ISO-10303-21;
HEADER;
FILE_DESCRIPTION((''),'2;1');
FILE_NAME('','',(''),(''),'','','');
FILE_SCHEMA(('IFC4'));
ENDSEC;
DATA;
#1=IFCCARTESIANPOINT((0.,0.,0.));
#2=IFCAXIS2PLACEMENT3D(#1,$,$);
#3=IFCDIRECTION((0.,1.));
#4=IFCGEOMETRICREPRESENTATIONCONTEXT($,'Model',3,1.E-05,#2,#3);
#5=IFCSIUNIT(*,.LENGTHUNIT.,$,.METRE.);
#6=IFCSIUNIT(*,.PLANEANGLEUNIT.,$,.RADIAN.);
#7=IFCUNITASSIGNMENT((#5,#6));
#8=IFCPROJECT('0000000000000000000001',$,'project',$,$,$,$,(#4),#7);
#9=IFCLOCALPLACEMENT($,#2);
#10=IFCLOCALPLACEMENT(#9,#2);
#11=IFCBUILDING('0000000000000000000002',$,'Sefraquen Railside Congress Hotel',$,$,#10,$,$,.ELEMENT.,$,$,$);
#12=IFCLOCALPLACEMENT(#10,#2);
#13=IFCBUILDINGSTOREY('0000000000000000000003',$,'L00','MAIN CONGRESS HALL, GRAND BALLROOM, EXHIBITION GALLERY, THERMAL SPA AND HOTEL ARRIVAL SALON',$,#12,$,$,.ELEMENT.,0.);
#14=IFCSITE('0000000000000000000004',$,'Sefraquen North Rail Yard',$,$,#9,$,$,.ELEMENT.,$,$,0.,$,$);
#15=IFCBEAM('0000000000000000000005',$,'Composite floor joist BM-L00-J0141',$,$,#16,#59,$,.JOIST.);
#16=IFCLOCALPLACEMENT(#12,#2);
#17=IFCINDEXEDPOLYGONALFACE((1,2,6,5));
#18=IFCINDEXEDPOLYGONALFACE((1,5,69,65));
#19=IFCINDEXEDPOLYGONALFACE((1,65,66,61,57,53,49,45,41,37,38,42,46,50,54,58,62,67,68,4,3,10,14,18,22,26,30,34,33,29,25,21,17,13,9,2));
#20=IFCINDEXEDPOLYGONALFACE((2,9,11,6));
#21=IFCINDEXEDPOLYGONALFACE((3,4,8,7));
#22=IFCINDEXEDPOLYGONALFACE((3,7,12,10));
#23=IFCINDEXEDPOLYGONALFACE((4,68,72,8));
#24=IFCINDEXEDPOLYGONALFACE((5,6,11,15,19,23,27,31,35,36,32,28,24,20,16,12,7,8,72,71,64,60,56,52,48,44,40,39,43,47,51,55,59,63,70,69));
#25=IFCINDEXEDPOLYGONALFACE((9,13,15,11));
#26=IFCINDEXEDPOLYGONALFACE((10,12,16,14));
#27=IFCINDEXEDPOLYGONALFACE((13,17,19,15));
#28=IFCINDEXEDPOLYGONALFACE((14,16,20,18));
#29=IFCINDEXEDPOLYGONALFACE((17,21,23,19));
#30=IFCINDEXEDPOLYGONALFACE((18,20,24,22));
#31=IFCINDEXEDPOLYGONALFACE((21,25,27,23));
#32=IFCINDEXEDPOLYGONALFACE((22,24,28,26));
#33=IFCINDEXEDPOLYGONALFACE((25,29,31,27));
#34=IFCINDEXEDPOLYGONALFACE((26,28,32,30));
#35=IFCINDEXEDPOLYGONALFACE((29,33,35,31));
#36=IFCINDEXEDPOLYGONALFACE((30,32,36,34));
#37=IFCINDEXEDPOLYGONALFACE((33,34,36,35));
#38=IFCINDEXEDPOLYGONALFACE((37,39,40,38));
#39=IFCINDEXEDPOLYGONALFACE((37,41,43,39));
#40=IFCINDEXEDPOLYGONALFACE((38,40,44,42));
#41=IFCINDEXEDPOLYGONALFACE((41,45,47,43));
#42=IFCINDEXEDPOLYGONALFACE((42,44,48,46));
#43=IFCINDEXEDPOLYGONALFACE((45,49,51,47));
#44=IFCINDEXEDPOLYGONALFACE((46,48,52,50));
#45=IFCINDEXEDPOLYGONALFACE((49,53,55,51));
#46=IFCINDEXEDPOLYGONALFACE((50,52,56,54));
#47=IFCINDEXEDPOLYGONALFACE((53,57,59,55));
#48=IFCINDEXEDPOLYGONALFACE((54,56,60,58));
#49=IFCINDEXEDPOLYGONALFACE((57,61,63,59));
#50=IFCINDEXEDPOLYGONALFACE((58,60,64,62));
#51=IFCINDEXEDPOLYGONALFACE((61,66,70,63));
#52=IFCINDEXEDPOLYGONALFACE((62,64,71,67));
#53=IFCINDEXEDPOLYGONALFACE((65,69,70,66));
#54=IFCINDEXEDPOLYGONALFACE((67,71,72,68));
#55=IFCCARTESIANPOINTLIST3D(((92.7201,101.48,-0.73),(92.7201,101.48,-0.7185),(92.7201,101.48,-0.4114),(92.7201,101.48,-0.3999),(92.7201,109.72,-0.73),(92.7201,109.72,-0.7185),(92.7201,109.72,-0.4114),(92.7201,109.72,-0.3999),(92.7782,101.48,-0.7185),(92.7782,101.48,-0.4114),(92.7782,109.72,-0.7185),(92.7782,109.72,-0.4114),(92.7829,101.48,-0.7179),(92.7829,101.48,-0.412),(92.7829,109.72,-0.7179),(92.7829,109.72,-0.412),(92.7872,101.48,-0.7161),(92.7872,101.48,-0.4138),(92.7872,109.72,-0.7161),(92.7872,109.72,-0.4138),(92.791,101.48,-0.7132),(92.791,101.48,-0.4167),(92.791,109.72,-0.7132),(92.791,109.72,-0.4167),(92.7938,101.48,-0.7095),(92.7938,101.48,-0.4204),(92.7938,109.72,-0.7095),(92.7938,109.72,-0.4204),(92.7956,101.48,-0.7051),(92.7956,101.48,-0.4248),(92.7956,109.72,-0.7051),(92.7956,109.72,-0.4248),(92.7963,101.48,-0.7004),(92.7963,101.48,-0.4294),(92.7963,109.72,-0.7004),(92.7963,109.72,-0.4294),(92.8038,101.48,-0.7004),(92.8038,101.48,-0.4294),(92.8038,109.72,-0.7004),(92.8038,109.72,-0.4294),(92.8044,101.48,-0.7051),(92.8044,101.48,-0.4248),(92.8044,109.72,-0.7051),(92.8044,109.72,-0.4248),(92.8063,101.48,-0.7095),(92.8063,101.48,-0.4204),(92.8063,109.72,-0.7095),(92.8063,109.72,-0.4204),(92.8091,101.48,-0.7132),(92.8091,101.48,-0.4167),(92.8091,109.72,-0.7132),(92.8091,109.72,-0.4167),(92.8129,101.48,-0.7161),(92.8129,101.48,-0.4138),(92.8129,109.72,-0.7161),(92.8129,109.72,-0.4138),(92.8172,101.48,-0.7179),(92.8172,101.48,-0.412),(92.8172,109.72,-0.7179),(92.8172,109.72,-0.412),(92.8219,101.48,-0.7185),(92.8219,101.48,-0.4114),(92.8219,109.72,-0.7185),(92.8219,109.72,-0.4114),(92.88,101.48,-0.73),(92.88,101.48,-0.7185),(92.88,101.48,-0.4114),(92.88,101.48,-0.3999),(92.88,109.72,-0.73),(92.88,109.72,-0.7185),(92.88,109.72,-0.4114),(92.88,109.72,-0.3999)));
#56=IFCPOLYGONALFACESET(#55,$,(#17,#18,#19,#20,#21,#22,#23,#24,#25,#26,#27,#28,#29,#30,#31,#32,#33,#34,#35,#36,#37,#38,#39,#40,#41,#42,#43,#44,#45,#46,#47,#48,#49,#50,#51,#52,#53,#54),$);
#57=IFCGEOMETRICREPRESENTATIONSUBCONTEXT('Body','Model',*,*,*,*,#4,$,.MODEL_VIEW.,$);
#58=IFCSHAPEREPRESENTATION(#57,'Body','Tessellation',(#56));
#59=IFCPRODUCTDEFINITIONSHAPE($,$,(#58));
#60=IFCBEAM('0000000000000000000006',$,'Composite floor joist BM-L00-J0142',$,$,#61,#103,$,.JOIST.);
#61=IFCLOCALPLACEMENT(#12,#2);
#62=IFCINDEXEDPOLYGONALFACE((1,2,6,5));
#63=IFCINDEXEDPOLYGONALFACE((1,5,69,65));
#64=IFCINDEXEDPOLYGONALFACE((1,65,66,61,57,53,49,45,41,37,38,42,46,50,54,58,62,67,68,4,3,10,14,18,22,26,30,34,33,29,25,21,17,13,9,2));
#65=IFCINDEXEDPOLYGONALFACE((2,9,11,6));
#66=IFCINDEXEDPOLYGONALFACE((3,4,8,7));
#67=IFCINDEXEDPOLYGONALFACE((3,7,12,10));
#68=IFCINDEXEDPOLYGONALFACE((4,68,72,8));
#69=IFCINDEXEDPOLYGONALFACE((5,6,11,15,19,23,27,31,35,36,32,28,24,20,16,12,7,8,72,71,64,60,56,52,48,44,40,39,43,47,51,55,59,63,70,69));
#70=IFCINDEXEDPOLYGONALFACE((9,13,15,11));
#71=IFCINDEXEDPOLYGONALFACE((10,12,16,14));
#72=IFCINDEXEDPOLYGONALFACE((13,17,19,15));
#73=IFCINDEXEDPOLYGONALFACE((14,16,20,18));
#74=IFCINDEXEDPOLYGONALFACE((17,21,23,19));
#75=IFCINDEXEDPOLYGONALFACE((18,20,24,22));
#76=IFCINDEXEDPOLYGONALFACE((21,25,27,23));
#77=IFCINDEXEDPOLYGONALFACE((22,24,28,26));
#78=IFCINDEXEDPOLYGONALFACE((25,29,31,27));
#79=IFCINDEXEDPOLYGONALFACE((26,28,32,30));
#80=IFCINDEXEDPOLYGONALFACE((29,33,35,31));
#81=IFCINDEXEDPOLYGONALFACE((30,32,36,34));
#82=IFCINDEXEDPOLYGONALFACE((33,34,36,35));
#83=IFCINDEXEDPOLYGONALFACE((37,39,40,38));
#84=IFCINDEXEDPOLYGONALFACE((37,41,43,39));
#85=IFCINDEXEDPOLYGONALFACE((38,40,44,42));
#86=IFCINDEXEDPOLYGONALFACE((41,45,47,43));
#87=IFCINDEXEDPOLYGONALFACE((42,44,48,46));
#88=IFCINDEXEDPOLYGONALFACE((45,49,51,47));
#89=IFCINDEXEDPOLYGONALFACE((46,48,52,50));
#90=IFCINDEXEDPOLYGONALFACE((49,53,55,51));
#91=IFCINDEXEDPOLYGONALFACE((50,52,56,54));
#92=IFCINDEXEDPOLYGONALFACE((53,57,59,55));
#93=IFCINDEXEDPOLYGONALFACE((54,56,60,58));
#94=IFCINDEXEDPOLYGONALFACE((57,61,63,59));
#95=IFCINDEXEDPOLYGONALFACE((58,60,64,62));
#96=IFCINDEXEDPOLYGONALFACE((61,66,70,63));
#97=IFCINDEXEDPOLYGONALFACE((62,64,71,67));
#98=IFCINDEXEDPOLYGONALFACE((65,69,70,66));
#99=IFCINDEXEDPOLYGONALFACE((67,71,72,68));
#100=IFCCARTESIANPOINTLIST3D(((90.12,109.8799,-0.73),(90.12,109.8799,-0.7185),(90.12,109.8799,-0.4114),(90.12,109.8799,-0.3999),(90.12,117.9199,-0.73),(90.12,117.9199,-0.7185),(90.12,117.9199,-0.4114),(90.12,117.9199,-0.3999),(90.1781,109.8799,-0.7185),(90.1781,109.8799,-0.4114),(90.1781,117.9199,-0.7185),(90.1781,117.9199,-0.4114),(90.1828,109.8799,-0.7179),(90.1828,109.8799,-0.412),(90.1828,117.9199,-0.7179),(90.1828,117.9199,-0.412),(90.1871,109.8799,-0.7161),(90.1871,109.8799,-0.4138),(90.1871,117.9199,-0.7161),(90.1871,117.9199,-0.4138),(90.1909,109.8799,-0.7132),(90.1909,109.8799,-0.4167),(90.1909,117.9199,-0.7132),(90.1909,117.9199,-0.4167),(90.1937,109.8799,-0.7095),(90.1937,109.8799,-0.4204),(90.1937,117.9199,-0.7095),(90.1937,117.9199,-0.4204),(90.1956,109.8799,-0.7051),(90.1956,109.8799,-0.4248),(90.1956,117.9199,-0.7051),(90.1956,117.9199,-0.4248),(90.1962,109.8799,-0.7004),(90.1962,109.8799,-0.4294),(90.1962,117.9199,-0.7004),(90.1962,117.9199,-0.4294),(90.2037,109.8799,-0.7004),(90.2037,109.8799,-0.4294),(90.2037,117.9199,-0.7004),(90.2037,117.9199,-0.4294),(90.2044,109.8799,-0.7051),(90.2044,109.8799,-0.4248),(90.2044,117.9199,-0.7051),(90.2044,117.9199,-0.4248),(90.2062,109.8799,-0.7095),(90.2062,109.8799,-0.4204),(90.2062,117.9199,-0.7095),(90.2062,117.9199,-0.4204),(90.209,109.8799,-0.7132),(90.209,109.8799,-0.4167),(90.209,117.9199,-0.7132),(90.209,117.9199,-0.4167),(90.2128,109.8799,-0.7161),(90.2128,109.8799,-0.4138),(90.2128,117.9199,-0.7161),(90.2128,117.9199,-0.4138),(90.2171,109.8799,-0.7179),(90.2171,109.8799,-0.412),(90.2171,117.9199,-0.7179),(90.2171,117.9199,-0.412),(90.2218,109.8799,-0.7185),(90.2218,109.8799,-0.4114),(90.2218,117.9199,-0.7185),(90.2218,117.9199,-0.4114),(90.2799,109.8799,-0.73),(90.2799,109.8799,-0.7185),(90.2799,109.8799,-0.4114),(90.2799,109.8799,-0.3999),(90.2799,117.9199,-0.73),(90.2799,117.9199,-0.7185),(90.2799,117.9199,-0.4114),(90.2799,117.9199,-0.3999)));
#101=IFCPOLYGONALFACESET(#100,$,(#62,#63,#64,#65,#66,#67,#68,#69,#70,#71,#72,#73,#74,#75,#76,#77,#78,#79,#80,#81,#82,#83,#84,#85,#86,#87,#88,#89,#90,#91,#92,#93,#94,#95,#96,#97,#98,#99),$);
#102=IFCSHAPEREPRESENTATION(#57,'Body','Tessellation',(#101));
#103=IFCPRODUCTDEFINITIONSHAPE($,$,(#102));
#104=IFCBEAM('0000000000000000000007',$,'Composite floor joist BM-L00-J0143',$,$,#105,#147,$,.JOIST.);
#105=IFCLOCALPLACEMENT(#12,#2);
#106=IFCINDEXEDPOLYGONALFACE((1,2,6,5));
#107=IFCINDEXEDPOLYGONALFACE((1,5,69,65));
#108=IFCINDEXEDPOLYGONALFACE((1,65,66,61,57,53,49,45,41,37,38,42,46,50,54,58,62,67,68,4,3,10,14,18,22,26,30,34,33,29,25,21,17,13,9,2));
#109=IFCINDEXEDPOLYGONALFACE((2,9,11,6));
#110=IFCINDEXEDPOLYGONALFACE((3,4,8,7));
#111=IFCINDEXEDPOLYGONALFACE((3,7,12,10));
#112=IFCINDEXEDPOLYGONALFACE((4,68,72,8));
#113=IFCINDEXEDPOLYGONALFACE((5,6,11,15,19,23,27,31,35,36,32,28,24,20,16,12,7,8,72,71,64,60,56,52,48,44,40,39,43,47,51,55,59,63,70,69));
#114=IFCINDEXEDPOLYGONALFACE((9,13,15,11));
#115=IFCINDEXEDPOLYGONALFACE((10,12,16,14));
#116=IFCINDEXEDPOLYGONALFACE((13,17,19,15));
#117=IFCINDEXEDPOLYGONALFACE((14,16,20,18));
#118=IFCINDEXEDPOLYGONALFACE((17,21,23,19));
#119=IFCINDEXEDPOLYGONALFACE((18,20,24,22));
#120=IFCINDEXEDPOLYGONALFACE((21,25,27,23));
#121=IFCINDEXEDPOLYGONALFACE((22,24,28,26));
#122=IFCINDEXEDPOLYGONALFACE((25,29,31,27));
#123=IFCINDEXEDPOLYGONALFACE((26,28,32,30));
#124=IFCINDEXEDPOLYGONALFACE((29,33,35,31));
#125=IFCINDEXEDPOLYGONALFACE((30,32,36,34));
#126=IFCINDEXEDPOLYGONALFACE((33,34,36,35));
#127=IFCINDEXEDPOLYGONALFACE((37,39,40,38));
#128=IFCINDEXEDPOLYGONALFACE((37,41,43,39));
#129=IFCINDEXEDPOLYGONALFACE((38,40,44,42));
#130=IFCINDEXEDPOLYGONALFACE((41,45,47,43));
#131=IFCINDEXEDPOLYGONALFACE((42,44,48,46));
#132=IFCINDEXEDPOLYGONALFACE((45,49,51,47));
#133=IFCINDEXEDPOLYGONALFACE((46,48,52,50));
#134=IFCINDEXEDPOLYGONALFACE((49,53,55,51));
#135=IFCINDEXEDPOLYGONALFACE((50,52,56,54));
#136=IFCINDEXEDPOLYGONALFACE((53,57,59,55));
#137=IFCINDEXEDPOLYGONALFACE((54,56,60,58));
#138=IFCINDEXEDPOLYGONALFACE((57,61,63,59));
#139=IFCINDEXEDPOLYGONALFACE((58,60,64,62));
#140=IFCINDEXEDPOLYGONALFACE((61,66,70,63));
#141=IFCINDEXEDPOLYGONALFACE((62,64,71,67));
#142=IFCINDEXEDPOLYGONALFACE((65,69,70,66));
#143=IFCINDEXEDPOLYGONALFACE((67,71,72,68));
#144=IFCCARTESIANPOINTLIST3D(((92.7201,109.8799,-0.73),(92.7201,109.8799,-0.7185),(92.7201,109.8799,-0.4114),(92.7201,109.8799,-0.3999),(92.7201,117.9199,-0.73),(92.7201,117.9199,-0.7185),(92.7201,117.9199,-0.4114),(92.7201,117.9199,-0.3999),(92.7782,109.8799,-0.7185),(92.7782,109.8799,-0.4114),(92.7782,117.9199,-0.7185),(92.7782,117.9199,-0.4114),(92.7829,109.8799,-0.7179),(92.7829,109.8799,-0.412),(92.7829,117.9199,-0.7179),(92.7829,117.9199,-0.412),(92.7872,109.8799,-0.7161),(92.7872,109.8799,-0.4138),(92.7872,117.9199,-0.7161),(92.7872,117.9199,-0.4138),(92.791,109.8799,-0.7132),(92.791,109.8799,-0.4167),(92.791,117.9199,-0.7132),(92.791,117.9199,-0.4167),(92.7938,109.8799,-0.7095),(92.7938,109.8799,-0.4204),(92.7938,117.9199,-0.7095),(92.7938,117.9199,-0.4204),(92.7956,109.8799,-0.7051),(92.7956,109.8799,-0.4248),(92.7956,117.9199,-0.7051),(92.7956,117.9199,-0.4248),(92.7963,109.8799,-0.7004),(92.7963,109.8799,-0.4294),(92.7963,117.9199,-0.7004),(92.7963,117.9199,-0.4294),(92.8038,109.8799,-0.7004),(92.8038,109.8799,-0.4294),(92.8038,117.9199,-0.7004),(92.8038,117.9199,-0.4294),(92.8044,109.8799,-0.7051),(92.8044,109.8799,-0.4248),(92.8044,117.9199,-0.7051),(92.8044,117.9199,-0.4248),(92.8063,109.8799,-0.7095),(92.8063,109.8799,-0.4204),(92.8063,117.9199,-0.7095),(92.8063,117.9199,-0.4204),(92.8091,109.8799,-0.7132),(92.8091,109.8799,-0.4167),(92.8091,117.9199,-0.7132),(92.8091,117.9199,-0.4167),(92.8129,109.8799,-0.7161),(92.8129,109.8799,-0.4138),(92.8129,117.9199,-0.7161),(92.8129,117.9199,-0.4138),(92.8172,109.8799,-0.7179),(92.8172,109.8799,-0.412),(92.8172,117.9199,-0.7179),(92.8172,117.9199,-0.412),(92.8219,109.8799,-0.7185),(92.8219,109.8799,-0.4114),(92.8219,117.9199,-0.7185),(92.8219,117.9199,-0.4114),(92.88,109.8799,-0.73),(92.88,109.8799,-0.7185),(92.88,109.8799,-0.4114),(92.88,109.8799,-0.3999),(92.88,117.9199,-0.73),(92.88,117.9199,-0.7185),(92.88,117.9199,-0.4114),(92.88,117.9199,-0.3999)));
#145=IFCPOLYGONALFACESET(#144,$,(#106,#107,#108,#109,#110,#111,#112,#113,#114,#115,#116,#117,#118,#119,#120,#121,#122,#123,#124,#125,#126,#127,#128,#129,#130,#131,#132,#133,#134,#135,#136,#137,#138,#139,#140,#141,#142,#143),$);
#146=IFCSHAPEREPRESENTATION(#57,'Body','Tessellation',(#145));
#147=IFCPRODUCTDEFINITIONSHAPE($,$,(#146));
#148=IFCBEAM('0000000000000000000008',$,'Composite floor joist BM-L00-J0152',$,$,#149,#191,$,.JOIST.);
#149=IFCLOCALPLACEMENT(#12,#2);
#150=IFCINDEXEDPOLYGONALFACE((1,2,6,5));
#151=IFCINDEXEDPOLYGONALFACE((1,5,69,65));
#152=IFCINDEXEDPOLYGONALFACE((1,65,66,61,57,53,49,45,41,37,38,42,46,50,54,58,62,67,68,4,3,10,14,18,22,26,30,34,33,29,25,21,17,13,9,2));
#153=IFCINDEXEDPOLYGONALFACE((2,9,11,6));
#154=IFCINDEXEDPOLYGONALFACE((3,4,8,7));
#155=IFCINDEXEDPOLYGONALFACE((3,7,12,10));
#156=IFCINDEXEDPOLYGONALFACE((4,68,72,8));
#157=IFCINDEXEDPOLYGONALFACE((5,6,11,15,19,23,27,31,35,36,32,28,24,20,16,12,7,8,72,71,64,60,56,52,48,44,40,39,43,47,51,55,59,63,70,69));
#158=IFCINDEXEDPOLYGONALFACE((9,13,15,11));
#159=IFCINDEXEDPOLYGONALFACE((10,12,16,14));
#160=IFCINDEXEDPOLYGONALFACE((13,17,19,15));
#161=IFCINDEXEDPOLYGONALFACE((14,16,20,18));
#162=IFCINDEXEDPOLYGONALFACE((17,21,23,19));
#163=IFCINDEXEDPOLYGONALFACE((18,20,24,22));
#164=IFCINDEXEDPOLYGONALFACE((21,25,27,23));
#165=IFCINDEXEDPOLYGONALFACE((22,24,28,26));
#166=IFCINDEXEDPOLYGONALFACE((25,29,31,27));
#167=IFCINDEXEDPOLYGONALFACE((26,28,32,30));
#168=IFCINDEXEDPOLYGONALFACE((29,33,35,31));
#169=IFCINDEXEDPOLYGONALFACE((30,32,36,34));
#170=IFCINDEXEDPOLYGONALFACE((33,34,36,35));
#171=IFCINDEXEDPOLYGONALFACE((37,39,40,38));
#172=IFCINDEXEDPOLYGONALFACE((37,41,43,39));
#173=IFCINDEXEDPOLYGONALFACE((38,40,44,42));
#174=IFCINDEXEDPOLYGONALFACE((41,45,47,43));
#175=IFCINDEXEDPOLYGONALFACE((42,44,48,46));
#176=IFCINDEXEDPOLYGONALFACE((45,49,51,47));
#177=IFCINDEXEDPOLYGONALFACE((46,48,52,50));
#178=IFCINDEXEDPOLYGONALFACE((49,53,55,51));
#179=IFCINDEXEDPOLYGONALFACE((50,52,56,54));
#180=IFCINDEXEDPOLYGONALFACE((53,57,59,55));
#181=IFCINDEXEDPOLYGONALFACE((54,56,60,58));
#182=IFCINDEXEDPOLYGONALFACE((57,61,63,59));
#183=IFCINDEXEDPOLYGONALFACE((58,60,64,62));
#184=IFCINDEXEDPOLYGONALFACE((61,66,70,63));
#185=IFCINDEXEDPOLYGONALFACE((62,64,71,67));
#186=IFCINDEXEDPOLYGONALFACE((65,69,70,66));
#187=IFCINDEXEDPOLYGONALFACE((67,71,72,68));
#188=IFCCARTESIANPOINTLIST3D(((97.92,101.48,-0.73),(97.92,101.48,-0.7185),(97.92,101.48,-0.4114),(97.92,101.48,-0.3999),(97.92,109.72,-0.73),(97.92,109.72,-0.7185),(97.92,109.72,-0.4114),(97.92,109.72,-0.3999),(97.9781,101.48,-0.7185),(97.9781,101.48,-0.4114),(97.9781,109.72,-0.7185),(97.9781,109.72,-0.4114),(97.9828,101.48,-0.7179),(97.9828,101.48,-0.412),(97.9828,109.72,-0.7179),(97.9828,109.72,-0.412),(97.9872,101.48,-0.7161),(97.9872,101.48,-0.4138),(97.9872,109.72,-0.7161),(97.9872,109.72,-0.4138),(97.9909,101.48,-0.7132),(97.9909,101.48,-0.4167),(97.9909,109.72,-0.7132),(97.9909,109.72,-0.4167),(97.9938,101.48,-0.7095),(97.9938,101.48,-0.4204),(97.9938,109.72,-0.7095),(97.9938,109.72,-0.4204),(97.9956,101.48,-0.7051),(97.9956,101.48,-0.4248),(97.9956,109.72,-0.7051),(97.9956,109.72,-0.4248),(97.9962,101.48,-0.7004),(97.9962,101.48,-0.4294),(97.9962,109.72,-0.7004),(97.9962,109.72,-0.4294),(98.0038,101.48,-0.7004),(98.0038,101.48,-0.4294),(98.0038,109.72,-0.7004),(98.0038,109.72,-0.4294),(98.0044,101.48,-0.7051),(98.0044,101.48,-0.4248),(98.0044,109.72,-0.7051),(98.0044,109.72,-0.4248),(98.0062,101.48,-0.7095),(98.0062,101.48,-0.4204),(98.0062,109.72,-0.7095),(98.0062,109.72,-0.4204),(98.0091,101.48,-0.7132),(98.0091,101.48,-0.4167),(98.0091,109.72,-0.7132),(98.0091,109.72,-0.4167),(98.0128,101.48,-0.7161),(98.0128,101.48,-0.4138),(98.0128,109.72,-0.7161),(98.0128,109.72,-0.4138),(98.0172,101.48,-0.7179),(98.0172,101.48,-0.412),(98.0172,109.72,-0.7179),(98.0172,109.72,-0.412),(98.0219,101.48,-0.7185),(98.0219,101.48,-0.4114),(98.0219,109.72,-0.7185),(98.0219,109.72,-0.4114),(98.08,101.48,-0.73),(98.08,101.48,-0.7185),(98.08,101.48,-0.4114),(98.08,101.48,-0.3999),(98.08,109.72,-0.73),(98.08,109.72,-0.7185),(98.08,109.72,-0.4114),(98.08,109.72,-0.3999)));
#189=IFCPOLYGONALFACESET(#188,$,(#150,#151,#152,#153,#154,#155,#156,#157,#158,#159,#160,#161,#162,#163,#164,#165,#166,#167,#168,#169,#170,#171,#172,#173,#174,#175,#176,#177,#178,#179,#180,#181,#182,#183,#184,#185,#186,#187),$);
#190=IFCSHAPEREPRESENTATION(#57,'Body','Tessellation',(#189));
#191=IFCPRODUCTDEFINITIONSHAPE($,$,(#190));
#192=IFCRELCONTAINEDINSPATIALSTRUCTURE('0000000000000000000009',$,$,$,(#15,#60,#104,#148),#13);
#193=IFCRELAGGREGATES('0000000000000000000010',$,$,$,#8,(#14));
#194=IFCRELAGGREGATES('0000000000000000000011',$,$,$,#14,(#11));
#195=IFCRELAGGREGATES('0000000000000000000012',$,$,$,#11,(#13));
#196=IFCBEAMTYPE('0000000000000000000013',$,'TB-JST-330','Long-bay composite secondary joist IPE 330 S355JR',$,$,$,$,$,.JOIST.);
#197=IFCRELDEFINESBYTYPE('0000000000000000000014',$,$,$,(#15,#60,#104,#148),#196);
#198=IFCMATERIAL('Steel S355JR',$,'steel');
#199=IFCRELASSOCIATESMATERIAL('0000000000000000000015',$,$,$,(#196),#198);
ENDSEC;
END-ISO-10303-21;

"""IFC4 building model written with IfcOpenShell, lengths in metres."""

from ifc_helpers import new_model, si_unit, direction, frame, origin, origin_2d, place, context, subcontext, project, spatial, i_section, extrude, material, material_profile, profile_set, type_object, element, save


model = new_model("IFC4")

# Units and contexts
model_context = context("Model", 3, precision=1e-05, world=origin(), true_north=direction((0.0, 1.0)))
body_context = subcontext(model_context, "Body", "Model", "MODEL_VIEW")
ifc_project = project(units=[si_unit("LENGTHUNIT", "METRE"), si_unit("PLANEANGLEUNIT", "RADIAN")], contexts=[model_context])

# Site, building, storey
site_placement = place(None, origin())
site = spatial("IfcSite", under=ifc_project, at=site_placement, Name="Sefraquen North Rail Yard", CompositionType="ELEMENT", RefElevation=0.0)
building_placement = place(site_placement, origin())
building = spatial("IfcBuilding", under=site, at=building_placement, Name="Sefraquen Railside Congress Hotel", CompositionType="ELEMENT")
storey_placement = place(building_placement, origin())
storey = spatial("IfcBuildingStorey", under=building, at=storey_placement, Name="L00", Description="MAIN CONGRESS HALL, GRAND BALLROOM, EXHIBITION GALLERY, THERMAL SPA AND HOTEL ARRIVAL SALON", CompositionType="ELEMENT", Elevation=0.0)

# Shared definitions
ifc_material_1 = material(Name="Steel S355JR", Category="steel")

# Beams
ifc_material_profile_1 = material_profile(ifc_material_1, i_section(OverallWidth=0.1599, OverallDepth=0.3301, WebThickness=0.0076, FlangeThickness=0.0115, FilletRadius=0.0181, at=origin_2d()), Name="IPE 330")
ifc_profile_set_1 = profile_set([ifc_material_profile_1], Name="Steel S355JR")
beam_type_1 = type_object("IfcBeamType", Name="TB-JST-330", Description="Long-bay composite secondary joist IPE 330 S355JR", PredefinedType="JOIST", material=ifc_profile_set_1)
for number, where, z_axis, x_axis, name in (
    (1, (92.8, 101.48, -0.5649), (0.0, 1.0, 0.0), (-1.0, 0.0, 0.0), "Composite floor joist BM-L00-J0141"),
):
    element("IfcBeam", number, at=place(storey_placement, frame(where, z_axis=z_axis, x_axis=x_axis)), inside=storey, type_object=beam_type_1, Name=name, PredefinedType="JOIST", context=body_context, shape_type="SweptSolid", body=[
        extrude(i_section(OverallWidth=0.1599, OverallDepth=0.3301, WebThickness=0.0076, FlangeThickness=0.0115, FilletRadius=0.0181, at=origin_2d()), origin(), (0.0, 0.0, 1.0), 8.24),
    ])
for number, where, z_axis, x_axis, name in (
    (2, (90.2, 109.8799, -0.5649), (0.0, 1.0, 0.0), (-1.0, 0.0, 0.0), "Composite floor joist BM-L00-J0142"),
    (3, (92.8, 109.8799, -0.5649), (0.0, 1.0, 0.0), (-1.0, 0.0, 0.0), "Composite floor joist BM-L00-J0143"),
):
    element("IfcBeam", number, at=place(storey_placement, frame(where, z_axis=z_axis, x_axis=x_axis)), inside=storey, type_object=beam_type_1, Name=name, PredefinedType="JOIST", context=body_context, shape_type="SweptSolid", body=[
        extrude(i_section(OverallWidth=0.1599, OverallDepth=0.3301, WebThickness=0.0076, FlangeThickness=0.0115, FilletRadius=0.0181, at=origin_2d()), origin(), (0.0, 0.0, 1.0), 8.04),
    ])
for number, where, z_axis, x_axis, name in (
    (4, (98.0, 101.48, -0.5649), (0.0, 1.0, 0.0), (-1.0, 0.0, 0.0), "Composite floor joist BM-L00-J0152"),
):
    element("IfcBeam", number, at=place(storey_placement, frame(where, z_axis=z_axis, x_axis=x_axis)), inside=storey, type_object=beam_type_1, Name=name, PredefinedType="JOIST", context=body_context, shape_type="SweptSolid", body=[
        extrude(i_section(OverallWidth=0.1599, OverallDepth=0.3301, WebThickness=0.0076, FlangeThickness=0.0115, FilletRadius=0.0181, at=origin_2d()), origin(), (0.0, 0.0, 1.0), 8.24),
    ])

save(model, "model.ifc")
